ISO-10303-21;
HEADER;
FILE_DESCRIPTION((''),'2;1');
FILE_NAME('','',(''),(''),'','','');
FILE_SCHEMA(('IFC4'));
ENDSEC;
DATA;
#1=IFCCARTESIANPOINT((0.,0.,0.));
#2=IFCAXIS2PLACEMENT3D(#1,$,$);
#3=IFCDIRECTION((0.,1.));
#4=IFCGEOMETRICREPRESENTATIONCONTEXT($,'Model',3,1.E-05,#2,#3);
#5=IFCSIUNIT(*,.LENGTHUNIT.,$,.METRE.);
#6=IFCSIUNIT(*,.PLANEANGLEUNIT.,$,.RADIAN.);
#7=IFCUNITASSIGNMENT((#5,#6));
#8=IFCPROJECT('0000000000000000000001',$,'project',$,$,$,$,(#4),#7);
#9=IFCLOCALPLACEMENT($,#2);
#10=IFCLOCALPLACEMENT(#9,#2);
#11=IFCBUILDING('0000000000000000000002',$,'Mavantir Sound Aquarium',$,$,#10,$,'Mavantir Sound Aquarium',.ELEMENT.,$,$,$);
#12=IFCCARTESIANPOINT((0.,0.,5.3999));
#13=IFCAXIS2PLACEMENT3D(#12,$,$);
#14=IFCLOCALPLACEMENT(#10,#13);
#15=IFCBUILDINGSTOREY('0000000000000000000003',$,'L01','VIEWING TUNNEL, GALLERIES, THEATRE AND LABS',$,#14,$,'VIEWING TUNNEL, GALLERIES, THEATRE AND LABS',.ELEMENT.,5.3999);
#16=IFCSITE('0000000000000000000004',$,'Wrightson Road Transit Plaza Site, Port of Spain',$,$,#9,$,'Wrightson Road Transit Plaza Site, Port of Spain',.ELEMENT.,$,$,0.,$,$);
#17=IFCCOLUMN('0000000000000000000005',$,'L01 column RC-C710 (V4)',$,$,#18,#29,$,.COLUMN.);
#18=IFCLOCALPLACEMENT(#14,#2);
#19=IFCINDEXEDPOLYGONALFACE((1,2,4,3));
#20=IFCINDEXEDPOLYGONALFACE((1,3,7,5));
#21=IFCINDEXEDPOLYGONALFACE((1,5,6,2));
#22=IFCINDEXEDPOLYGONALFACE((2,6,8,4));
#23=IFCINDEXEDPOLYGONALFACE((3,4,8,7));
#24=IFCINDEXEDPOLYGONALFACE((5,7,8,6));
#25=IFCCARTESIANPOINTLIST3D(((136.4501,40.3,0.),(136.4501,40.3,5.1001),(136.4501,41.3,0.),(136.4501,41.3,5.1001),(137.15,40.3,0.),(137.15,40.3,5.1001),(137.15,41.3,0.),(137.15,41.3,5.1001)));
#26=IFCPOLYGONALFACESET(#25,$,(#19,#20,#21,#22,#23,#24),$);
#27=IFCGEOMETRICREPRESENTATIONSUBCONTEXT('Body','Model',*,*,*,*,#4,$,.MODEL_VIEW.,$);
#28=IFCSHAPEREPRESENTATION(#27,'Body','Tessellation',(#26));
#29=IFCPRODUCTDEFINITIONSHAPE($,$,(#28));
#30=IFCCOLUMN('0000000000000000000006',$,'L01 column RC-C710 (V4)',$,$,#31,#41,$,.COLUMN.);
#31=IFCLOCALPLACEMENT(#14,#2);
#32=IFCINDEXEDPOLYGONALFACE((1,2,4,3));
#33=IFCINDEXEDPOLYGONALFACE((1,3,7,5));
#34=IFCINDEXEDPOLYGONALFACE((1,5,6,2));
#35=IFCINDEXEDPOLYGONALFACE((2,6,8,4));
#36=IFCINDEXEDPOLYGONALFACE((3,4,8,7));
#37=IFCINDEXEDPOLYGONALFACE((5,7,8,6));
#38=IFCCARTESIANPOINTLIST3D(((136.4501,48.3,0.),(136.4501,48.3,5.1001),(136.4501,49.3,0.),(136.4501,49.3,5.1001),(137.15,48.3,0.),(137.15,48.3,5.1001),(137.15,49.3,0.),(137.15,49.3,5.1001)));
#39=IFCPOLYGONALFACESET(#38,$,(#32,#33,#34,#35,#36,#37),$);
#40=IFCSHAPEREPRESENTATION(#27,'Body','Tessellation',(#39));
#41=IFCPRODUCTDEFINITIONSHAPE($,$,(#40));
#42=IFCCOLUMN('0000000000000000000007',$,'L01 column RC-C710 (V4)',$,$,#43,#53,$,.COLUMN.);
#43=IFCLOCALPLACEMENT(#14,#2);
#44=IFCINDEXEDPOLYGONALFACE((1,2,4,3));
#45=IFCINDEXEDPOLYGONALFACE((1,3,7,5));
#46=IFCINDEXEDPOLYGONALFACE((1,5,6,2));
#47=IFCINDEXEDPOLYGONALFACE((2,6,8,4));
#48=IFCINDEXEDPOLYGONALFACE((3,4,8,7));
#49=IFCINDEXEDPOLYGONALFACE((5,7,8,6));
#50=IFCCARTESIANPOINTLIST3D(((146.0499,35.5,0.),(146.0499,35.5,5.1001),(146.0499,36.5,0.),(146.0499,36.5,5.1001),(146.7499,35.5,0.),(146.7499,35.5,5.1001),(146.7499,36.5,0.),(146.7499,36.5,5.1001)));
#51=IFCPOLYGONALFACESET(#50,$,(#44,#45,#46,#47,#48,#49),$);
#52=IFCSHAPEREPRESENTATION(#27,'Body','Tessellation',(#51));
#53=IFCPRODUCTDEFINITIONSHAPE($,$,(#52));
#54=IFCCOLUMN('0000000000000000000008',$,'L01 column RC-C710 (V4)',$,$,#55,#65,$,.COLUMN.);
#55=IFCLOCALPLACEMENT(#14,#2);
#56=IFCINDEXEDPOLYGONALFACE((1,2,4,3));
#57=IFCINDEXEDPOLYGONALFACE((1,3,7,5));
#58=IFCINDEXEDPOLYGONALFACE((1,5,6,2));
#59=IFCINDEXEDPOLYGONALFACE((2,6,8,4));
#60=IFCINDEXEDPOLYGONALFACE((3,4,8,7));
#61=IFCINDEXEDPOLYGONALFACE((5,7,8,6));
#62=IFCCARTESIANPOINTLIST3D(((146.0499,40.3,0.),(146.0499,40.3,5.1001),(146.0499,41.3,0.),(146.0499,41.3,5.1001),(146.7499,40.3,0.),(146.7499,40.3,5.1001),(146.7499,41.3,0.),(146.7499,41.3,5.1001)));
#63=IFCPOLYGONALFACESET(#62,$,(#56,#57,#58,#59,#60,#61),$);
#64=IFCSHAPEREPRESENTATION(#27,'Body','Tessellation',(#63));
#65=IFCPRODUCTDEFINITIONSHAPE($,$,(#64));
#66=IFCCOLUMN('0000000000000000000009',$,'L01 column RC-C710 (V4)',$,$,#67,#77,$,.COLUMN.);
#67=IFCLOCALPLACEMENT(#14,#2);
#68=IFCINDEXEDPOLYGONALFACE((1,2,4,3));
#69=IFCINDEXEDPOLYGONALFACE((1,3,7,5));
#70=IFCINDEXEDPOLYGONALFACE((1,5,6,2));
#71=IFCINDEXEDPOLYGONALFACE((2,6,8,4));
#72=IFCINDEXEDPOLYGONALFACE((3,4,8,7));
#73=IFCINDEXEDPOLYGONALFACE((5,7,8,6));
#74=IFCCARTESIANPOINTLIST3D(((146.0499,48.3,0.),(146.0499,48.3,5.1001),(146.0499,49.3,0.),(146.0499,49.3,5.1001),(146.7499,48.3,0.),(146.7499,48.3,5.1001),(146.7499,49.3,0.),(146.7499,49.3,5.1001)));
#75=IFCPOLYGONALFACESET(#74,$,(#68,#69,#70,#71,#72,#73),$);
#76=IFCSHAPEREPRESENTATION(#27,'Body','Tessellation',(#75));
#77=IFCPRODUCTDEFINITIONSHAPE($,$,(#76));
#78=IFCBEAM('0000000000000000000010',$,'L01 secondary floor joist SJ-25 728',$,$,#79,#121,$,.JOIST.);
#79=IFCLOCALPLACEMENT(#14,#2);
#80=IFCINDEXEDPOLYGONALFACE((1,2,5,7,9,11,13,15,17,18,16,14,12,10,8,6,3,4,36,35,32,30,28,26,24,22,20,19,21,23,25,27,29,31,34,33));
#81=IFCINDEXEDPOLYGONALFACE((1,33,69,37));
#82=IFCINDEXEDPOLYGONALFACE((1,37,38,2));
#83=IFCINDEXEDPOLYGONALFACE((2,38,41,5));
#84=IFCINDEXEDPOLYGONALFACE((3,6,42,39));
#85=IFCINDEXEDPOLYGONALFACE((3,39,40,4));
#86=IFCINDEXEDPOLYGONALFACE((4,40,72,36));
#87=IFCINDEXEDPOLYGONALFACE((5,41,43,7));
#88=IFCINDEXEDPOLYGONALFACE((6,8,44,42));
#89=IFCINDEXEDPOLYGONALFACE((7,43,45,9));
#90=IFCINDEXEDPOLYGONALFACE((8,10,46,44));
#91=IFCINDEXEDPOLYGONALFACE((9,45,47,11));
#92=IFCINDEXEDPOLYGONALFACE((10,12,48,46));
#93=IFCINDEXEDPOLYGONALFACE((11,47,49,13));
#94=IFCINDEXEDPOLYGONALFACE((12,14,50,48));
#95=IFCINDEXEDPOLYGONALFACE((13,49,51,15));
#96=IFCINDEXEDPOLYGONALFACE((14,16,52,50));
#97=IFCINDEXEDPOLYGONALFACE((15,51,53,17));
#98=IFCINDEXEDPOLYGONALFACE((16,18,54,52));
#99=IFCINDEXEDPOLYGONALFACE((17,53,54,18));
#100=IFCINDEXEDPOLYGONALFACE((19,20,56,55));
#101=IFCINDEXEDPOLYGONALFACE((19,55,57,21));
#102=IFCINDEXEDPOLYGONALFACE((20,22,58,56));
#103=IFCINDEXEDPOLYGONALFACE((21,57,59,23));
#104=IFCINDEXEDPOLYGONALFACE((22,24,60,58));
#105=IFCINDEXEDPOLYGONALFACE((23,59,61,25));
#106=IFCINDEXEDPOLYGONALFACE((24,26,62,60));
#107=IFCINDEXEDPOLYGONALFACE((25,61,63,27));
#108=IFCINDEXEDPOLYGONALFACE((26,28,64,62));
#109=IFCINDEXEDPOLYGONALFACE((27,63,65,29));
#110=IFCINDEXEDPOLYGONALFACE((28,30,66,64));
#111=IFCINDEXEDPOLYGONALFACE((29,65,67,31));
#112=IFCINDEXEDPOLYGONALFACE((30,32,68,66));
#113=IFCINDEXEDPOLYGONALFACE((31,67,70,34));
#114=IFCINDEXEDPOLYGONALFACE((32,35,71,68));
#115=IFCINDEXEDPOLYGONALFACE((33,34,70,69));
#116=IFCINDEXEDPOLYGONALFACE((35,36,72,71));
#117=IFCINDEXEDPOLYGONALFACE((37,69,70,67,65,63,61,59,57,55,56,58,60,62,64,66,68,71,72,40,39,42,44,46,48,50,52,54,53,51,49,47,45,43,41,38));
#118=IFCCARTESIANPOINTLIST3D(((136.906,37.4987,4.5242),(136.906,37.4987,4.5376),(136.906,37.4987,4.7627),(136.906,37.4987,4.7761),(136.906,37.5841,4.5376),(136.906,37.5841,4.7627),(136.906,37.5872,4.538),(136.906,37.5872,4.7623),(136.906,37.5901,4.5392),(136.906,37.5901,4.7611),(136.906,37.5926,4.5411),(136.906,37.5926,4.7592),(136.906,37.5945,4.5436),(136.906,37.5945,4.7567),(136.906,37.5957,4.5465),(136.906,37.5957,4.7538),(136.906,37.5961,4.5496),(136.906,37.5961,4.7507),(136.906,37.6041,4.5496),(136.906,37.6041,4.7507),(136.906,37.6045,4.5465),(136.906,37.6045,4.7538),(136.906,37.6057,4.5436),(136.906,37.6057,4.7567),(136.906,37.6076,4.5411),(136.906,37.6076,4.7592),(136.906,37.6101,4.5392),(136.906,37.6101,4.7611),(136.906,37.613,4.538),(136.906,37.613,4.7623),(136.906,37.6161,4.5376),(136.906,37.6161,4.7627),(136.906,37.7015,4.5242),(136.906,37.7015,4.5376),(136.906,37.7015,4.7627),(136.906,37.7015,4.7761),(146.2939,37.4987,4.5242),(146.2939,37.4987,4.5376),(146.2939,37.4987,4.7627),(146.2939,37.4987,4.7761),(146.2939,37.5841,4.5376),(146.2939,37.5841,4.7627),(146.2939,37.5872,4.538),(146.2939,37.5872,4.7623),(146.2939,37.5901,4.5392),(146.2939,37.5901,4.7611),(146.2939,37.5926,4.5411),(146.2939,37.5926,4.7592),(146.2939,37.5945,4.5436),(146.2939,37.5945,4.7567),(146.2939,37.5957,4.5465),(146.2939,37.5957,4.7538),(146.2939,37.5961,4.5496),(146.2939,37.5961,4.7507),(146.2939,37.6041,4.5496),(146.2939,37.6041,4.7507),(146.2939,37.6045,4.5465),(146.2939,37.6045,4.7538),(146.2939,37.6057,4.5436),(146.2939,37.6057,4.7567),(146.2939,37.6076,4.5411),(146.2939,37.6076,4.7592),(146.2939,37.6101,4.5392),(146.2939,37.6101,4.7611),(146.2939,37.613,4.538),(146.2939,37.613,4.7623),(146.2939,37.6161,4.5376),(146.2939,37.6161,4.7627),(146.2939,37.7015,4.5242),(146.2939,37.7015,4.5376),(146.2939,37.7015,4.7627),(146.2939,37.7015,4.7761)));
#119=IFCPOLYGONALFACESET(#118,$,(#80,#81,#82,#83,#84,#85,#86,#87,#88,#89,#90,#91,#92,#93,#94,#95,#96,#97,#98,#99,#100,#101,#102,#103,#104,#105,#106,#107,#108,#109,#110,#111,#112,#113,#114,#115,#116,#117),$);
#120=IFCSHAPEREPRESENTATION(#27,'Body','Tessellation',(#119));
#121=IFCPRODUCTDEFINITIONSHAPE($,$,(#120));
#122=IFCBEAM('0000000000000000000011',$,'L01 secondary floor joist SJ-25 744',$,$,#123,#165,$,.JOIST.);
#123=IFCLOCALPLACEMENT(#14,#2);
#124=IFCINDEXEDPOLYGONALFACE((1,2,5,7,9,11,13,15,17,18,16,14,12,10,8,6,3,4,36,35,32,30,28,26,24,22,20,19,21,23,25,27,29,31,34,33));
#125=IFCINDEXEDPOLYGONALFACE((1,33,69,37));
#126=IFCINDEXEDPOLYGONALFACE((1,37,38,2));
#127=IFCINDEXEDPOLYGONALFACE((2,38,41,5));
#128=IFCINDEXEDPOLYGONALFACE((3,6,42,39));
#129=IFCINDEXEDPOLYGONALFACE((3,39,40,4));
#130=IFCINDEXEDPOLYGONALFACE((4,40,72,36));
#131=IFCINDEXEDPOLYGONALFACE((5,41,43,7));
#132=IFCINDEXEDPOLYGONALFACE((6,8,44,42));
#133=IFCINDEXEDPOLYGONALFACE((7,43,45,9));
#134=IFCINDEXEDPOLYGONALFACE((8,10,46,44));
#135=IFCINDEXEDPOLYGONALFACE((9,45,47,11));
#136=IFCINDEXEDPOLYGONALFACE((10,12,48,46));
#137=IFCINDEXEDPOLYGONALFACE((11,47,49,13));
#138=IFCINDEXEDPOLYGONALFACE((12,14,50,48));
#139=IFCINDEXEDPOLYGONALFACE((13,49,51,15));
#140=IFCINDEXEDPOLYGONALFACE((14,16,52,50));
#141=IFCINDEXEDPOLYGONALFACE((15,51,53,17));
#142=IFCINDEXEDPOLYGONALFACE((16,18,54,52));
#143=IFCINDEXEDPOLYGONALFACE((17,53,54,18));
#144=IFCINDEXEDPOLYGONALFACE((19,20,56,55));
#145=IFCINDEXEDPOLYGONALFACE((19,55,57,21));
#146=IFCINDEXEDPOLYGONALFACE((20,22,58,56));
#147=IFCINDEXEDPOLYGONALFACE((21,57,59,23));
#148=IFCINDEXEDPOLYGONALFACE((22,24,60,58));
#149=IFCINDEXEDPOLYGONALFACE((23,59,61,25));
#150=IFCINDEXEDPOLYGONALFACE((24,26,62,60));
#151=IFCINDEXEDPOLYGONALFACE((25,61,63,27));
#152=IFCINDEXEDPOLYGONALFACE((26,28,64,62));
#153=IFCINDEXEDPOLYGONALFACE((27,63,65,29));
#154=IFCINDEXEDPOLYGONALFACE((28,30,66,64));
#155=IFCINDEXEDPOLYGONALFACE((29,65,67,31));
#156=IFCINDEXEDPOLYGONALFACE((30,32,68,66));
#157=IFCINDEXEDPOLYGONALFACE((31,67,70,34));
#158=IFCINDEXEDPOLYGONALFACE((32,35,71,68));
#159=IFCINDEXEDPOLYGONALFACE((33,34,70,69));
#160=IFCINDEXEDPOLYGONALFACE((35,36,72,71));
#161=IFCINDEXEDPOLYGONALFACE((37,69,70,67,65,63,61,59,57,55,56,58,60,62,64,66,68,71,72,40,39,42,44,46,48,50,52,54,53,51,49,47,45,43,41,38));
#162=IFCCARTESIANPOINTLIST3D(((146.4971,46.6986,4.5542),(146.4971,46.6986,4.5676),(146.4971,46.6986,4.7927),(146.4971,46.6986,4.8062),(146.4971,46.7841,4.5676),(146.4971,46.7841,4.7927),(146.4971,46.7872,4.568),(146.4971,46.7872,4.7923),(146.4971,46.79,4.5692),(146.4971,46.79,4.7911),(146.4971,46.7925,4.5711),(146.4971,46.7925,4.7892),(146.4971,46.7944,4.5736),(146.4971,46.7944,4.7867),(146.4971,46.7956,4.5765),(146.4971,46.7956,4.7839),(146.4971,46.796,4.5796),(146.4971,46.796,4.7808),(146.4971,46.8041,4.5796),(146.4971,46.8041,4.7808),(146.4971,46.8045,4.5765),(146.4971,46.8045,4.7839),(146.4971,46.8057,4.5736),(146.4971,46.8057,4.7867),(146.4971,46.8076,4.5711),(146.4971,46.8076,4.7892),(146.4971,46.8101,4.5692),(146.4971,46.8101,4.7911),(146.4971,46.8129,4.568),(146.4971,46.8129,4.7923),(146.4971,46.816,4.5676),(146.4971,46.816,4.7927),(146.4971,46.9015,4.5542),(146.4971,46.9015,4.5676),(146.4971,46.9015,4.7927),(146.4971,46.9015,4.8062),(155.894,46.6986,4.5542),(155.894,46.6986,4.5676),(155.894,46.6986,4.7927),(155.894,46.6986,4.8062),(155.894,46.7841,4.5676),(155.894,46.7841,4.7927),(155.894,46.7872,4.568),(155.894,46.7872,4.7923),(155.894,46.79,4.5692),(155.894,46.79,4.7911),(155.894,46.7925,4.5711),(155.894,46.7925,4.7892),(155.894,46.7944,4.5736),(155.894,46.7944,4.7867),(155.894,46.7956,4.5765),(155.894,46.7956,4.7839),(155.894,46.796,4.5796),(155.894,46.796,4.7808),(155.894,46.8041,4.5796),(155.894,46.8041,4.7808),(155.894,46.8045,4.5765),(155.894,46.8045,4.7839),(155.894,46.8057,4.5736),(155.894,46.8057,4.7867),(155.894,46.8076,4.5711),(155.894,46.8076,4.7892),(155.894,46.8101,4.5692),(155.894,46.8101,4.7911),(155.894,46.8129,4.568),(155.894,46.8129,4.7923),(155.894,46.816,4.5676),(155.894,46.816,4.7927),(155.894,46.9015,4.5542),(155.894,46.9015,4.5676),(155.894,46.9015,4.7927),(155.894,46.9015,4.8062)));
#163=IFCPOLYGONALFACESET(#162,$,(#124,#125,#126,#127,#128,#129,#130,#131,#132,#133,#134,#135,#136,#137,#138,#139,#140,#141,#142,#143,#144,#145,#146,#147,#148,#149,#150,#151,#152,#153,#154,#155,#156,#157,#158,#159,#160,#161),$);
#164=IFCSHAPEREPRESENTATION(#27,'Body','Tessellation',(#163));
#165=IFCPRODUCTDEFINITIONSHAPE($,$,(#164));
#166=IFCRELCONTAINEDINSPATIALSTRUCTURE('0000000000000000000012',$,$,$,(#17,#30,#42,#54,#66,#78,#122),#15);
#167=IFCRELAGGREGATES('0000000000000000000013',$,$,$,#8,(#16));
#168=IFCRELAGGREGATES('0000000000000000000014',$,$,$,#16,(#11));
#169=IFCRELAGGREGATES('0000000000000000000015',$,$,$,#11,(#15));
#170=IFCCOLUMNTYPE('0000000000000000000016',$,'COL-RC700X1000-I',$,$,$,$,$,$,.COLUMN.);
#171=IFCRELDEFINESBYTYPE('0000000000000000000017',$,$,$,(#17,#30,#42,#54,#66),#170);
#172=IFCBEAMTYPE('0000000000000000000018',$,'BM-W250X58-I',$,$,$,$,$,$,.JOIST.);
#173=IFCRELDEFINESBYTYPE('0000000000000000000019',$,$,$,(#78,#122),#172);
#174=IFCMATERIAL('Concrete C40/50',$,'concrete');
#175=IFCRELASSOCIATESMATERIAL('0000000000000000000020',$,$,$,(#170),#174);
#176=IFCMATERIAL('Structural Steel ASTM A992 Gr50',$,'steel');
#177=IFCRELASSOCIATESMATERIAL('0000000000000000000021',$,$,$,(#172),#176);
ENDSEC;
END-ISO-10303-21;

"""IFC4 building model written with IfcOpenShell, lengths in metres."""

from ifc_helpers import new_model, si_unit, direction, frame, origin, origin_2d, place, context, subcontext, project, spatial, rectangle, i_section, extrude, material, material_profile, profile_set, type_object, element, save


model = new_model("IFC4")

# Units and contexts
model_context = context("Model", 3, precision=1e-05, world=origin(), true_north=direction((0.0, 1.0)))
body_context = subcontext(model_context, "Body", "Model", "MODEL_VIEW")
ifc_project = project(units=[si_unit("LENGTHUNIT", "METRE"), si_unit("PLANEANGLEUNIT", "RADIAN")], contexts=[model_context])

# Site, building, storey
site_placement = place(None, origin())
site = spatial("IfcSite", under=ifc_project, at=site_placement, Name="Wrightson Road Transit Plaza Site, Port of Spain", LongName="Wrightson Road Transit Plaza Site, Port of Spain", CompositionType="ELEMENT", RefElevation=0.0)
building_placement = place(site_placement, origin())
building = spatial("IfcBuilding", under=site, at=building_placement, Name="Mavantir Sound Aquarium", LongName="Mavantir Sound Aquarium", CompositionType="ELEMENT")
storey_placement = place(building_placement, frame((0.0, 0.0, 5.3999)))
storey = spatial("IfcBuildingStorey", under=building, at=storey_placement, Name="L01", Description="VIEWING TUNNEL, GALLERIES, THEATRE AND LABS", LongName="VIEWING TUNNEL, GALLERIES, THEATRE AND LABS", CompositionType="ELEMENT", Elevation=5.3999)

# Columns
ifc_material_1 = material(Name="Concrete C40/50", Category="concrete")
ifc_material_profile_1 = material_profile(ifc_material_1, rectangle(XDim=0.7, YDim=1.0, at=origin_2d()), Name="RC 700X1000")
ifc_profile_set_1 = profile_set([ifc_material_profile_1], Name="Concrete C40/50")
column_type = type_object("IfcColumnType", Name="COL-RC700X1000-I", PredefinedType="COLUMN", material=ifc_profile_set_1)
for number, where, z_axis, x_axis, name in (
    (1, (136.8, 40.8, 0.0), (0.0, 0.0, 1.0), (1.0, 0.0, 0.0), "L01 column RC-C710 (V4)"),
    (2, (136.8, 48.8, 0.0), (0.0, 0.0, 1.0), (1.0, 0.0, 0.0), "L01 column RC-C710 (V4)"),
    (3, (146.3999, 36.0, 0.0), (0.0, 0.0, 1.0), (1.0, 0.0, 0.0), "L01 column RC-C710 (V4)"),
    (4, (146.3999, 40.8, 0.0), (0.0, 0.0, 1.0), (1.0, 0.0, 0.0), "L01 column RC-C710 (V4)"),
    (5, (146.3999, 48.8, 0.0), (0.0, 0.0, 1.0), (1.0, 0.0, 0.0), "L01 column RC-C710 (V4)"),
):
    element("IfcColumn", number, at=place(storey_placement, frame(where, z_axis=z_axis, x_axis=x_axis)), inside=storey, type_object=column_type, Name=name, PredefinedType="COLUMN", context=body_context, shape_type="SweptSolid", body=[
        extrude(rectangle(XDim=0.7, YDim=1.0, at=origin_2d()), origin(), (0.0, 0.0, 1.0), 5.1001),
    ])

# Beams
ifc_material_2 = material(Name="Structural Steel ASTM A992 Gr50", Category="steel")
ifc_material_profile_2 = material_profile(ifc_material_2, i_section(OverallWidth=0.2029, OverallDepth=0.252, WebThickness=0.0081, FlangeThickness=0.0134, FilletRadius=0.012, at=origin_2d()), Name="W250X58")
ifc_profile_set_2 = profile_set([ifc_material_profile_2], Name="Structural Steel ASTM A992 Gr50")
beam_type_1 = type_object("IfcBeamType", Name="BM-W250X58-I", PredefinedType="JOIST", material=ifc_profile_set_2)
beam_1_placement = place(storey_placement, frame((136.906, 37.6001, 4.6501), z_axis=(1.0, 0.0, 0.0), x_axis=(0.0, 1.0, 0.0)))
element("IfcBeam", 6, at=beam_1_placement, inside=storey, type_object=beam_type_1, Name="L01 secondary floor joist SJ-25 728", PredefinedType="JOIST", context=body_context, shape_type="SweptSolid", body=[
    extrude(i_section(OverallWidth=0.2029, OverallDepth=0.252, WebThickness=0.0081, FlangeThickness=0.0134, FilletRadius=0.012, at=origin_2d()), origin(), (0.0, 0.0, 1.0), 9.3879),
])
beam_2_placement = place(storey_placement, frame((146.4971, 46.8, 4.6802), z_axis=(1.0, 0.0, 0.0), x_axis=(0.0, 1.0, 0.0)))
element("IfcBeam", 7, at=beam_2_placement, inside=storey, type_object=beam_type_1, Name="L01 secondary floor joist SJ-25 744", PredefinedType="JOIST", context=body_context, shape_type="SweptSolid", body=[
    extrude(i_section(OverallWidth=0.2029, OverallDepth=0.252, WebThickness=0.0081, FlangeThickness=0.0134, FilletRadius=0.012, at=origin_2d()), origin(), (0.0, 0.0, 1.0), 9.397),
])

save(model, "model.ifc")
